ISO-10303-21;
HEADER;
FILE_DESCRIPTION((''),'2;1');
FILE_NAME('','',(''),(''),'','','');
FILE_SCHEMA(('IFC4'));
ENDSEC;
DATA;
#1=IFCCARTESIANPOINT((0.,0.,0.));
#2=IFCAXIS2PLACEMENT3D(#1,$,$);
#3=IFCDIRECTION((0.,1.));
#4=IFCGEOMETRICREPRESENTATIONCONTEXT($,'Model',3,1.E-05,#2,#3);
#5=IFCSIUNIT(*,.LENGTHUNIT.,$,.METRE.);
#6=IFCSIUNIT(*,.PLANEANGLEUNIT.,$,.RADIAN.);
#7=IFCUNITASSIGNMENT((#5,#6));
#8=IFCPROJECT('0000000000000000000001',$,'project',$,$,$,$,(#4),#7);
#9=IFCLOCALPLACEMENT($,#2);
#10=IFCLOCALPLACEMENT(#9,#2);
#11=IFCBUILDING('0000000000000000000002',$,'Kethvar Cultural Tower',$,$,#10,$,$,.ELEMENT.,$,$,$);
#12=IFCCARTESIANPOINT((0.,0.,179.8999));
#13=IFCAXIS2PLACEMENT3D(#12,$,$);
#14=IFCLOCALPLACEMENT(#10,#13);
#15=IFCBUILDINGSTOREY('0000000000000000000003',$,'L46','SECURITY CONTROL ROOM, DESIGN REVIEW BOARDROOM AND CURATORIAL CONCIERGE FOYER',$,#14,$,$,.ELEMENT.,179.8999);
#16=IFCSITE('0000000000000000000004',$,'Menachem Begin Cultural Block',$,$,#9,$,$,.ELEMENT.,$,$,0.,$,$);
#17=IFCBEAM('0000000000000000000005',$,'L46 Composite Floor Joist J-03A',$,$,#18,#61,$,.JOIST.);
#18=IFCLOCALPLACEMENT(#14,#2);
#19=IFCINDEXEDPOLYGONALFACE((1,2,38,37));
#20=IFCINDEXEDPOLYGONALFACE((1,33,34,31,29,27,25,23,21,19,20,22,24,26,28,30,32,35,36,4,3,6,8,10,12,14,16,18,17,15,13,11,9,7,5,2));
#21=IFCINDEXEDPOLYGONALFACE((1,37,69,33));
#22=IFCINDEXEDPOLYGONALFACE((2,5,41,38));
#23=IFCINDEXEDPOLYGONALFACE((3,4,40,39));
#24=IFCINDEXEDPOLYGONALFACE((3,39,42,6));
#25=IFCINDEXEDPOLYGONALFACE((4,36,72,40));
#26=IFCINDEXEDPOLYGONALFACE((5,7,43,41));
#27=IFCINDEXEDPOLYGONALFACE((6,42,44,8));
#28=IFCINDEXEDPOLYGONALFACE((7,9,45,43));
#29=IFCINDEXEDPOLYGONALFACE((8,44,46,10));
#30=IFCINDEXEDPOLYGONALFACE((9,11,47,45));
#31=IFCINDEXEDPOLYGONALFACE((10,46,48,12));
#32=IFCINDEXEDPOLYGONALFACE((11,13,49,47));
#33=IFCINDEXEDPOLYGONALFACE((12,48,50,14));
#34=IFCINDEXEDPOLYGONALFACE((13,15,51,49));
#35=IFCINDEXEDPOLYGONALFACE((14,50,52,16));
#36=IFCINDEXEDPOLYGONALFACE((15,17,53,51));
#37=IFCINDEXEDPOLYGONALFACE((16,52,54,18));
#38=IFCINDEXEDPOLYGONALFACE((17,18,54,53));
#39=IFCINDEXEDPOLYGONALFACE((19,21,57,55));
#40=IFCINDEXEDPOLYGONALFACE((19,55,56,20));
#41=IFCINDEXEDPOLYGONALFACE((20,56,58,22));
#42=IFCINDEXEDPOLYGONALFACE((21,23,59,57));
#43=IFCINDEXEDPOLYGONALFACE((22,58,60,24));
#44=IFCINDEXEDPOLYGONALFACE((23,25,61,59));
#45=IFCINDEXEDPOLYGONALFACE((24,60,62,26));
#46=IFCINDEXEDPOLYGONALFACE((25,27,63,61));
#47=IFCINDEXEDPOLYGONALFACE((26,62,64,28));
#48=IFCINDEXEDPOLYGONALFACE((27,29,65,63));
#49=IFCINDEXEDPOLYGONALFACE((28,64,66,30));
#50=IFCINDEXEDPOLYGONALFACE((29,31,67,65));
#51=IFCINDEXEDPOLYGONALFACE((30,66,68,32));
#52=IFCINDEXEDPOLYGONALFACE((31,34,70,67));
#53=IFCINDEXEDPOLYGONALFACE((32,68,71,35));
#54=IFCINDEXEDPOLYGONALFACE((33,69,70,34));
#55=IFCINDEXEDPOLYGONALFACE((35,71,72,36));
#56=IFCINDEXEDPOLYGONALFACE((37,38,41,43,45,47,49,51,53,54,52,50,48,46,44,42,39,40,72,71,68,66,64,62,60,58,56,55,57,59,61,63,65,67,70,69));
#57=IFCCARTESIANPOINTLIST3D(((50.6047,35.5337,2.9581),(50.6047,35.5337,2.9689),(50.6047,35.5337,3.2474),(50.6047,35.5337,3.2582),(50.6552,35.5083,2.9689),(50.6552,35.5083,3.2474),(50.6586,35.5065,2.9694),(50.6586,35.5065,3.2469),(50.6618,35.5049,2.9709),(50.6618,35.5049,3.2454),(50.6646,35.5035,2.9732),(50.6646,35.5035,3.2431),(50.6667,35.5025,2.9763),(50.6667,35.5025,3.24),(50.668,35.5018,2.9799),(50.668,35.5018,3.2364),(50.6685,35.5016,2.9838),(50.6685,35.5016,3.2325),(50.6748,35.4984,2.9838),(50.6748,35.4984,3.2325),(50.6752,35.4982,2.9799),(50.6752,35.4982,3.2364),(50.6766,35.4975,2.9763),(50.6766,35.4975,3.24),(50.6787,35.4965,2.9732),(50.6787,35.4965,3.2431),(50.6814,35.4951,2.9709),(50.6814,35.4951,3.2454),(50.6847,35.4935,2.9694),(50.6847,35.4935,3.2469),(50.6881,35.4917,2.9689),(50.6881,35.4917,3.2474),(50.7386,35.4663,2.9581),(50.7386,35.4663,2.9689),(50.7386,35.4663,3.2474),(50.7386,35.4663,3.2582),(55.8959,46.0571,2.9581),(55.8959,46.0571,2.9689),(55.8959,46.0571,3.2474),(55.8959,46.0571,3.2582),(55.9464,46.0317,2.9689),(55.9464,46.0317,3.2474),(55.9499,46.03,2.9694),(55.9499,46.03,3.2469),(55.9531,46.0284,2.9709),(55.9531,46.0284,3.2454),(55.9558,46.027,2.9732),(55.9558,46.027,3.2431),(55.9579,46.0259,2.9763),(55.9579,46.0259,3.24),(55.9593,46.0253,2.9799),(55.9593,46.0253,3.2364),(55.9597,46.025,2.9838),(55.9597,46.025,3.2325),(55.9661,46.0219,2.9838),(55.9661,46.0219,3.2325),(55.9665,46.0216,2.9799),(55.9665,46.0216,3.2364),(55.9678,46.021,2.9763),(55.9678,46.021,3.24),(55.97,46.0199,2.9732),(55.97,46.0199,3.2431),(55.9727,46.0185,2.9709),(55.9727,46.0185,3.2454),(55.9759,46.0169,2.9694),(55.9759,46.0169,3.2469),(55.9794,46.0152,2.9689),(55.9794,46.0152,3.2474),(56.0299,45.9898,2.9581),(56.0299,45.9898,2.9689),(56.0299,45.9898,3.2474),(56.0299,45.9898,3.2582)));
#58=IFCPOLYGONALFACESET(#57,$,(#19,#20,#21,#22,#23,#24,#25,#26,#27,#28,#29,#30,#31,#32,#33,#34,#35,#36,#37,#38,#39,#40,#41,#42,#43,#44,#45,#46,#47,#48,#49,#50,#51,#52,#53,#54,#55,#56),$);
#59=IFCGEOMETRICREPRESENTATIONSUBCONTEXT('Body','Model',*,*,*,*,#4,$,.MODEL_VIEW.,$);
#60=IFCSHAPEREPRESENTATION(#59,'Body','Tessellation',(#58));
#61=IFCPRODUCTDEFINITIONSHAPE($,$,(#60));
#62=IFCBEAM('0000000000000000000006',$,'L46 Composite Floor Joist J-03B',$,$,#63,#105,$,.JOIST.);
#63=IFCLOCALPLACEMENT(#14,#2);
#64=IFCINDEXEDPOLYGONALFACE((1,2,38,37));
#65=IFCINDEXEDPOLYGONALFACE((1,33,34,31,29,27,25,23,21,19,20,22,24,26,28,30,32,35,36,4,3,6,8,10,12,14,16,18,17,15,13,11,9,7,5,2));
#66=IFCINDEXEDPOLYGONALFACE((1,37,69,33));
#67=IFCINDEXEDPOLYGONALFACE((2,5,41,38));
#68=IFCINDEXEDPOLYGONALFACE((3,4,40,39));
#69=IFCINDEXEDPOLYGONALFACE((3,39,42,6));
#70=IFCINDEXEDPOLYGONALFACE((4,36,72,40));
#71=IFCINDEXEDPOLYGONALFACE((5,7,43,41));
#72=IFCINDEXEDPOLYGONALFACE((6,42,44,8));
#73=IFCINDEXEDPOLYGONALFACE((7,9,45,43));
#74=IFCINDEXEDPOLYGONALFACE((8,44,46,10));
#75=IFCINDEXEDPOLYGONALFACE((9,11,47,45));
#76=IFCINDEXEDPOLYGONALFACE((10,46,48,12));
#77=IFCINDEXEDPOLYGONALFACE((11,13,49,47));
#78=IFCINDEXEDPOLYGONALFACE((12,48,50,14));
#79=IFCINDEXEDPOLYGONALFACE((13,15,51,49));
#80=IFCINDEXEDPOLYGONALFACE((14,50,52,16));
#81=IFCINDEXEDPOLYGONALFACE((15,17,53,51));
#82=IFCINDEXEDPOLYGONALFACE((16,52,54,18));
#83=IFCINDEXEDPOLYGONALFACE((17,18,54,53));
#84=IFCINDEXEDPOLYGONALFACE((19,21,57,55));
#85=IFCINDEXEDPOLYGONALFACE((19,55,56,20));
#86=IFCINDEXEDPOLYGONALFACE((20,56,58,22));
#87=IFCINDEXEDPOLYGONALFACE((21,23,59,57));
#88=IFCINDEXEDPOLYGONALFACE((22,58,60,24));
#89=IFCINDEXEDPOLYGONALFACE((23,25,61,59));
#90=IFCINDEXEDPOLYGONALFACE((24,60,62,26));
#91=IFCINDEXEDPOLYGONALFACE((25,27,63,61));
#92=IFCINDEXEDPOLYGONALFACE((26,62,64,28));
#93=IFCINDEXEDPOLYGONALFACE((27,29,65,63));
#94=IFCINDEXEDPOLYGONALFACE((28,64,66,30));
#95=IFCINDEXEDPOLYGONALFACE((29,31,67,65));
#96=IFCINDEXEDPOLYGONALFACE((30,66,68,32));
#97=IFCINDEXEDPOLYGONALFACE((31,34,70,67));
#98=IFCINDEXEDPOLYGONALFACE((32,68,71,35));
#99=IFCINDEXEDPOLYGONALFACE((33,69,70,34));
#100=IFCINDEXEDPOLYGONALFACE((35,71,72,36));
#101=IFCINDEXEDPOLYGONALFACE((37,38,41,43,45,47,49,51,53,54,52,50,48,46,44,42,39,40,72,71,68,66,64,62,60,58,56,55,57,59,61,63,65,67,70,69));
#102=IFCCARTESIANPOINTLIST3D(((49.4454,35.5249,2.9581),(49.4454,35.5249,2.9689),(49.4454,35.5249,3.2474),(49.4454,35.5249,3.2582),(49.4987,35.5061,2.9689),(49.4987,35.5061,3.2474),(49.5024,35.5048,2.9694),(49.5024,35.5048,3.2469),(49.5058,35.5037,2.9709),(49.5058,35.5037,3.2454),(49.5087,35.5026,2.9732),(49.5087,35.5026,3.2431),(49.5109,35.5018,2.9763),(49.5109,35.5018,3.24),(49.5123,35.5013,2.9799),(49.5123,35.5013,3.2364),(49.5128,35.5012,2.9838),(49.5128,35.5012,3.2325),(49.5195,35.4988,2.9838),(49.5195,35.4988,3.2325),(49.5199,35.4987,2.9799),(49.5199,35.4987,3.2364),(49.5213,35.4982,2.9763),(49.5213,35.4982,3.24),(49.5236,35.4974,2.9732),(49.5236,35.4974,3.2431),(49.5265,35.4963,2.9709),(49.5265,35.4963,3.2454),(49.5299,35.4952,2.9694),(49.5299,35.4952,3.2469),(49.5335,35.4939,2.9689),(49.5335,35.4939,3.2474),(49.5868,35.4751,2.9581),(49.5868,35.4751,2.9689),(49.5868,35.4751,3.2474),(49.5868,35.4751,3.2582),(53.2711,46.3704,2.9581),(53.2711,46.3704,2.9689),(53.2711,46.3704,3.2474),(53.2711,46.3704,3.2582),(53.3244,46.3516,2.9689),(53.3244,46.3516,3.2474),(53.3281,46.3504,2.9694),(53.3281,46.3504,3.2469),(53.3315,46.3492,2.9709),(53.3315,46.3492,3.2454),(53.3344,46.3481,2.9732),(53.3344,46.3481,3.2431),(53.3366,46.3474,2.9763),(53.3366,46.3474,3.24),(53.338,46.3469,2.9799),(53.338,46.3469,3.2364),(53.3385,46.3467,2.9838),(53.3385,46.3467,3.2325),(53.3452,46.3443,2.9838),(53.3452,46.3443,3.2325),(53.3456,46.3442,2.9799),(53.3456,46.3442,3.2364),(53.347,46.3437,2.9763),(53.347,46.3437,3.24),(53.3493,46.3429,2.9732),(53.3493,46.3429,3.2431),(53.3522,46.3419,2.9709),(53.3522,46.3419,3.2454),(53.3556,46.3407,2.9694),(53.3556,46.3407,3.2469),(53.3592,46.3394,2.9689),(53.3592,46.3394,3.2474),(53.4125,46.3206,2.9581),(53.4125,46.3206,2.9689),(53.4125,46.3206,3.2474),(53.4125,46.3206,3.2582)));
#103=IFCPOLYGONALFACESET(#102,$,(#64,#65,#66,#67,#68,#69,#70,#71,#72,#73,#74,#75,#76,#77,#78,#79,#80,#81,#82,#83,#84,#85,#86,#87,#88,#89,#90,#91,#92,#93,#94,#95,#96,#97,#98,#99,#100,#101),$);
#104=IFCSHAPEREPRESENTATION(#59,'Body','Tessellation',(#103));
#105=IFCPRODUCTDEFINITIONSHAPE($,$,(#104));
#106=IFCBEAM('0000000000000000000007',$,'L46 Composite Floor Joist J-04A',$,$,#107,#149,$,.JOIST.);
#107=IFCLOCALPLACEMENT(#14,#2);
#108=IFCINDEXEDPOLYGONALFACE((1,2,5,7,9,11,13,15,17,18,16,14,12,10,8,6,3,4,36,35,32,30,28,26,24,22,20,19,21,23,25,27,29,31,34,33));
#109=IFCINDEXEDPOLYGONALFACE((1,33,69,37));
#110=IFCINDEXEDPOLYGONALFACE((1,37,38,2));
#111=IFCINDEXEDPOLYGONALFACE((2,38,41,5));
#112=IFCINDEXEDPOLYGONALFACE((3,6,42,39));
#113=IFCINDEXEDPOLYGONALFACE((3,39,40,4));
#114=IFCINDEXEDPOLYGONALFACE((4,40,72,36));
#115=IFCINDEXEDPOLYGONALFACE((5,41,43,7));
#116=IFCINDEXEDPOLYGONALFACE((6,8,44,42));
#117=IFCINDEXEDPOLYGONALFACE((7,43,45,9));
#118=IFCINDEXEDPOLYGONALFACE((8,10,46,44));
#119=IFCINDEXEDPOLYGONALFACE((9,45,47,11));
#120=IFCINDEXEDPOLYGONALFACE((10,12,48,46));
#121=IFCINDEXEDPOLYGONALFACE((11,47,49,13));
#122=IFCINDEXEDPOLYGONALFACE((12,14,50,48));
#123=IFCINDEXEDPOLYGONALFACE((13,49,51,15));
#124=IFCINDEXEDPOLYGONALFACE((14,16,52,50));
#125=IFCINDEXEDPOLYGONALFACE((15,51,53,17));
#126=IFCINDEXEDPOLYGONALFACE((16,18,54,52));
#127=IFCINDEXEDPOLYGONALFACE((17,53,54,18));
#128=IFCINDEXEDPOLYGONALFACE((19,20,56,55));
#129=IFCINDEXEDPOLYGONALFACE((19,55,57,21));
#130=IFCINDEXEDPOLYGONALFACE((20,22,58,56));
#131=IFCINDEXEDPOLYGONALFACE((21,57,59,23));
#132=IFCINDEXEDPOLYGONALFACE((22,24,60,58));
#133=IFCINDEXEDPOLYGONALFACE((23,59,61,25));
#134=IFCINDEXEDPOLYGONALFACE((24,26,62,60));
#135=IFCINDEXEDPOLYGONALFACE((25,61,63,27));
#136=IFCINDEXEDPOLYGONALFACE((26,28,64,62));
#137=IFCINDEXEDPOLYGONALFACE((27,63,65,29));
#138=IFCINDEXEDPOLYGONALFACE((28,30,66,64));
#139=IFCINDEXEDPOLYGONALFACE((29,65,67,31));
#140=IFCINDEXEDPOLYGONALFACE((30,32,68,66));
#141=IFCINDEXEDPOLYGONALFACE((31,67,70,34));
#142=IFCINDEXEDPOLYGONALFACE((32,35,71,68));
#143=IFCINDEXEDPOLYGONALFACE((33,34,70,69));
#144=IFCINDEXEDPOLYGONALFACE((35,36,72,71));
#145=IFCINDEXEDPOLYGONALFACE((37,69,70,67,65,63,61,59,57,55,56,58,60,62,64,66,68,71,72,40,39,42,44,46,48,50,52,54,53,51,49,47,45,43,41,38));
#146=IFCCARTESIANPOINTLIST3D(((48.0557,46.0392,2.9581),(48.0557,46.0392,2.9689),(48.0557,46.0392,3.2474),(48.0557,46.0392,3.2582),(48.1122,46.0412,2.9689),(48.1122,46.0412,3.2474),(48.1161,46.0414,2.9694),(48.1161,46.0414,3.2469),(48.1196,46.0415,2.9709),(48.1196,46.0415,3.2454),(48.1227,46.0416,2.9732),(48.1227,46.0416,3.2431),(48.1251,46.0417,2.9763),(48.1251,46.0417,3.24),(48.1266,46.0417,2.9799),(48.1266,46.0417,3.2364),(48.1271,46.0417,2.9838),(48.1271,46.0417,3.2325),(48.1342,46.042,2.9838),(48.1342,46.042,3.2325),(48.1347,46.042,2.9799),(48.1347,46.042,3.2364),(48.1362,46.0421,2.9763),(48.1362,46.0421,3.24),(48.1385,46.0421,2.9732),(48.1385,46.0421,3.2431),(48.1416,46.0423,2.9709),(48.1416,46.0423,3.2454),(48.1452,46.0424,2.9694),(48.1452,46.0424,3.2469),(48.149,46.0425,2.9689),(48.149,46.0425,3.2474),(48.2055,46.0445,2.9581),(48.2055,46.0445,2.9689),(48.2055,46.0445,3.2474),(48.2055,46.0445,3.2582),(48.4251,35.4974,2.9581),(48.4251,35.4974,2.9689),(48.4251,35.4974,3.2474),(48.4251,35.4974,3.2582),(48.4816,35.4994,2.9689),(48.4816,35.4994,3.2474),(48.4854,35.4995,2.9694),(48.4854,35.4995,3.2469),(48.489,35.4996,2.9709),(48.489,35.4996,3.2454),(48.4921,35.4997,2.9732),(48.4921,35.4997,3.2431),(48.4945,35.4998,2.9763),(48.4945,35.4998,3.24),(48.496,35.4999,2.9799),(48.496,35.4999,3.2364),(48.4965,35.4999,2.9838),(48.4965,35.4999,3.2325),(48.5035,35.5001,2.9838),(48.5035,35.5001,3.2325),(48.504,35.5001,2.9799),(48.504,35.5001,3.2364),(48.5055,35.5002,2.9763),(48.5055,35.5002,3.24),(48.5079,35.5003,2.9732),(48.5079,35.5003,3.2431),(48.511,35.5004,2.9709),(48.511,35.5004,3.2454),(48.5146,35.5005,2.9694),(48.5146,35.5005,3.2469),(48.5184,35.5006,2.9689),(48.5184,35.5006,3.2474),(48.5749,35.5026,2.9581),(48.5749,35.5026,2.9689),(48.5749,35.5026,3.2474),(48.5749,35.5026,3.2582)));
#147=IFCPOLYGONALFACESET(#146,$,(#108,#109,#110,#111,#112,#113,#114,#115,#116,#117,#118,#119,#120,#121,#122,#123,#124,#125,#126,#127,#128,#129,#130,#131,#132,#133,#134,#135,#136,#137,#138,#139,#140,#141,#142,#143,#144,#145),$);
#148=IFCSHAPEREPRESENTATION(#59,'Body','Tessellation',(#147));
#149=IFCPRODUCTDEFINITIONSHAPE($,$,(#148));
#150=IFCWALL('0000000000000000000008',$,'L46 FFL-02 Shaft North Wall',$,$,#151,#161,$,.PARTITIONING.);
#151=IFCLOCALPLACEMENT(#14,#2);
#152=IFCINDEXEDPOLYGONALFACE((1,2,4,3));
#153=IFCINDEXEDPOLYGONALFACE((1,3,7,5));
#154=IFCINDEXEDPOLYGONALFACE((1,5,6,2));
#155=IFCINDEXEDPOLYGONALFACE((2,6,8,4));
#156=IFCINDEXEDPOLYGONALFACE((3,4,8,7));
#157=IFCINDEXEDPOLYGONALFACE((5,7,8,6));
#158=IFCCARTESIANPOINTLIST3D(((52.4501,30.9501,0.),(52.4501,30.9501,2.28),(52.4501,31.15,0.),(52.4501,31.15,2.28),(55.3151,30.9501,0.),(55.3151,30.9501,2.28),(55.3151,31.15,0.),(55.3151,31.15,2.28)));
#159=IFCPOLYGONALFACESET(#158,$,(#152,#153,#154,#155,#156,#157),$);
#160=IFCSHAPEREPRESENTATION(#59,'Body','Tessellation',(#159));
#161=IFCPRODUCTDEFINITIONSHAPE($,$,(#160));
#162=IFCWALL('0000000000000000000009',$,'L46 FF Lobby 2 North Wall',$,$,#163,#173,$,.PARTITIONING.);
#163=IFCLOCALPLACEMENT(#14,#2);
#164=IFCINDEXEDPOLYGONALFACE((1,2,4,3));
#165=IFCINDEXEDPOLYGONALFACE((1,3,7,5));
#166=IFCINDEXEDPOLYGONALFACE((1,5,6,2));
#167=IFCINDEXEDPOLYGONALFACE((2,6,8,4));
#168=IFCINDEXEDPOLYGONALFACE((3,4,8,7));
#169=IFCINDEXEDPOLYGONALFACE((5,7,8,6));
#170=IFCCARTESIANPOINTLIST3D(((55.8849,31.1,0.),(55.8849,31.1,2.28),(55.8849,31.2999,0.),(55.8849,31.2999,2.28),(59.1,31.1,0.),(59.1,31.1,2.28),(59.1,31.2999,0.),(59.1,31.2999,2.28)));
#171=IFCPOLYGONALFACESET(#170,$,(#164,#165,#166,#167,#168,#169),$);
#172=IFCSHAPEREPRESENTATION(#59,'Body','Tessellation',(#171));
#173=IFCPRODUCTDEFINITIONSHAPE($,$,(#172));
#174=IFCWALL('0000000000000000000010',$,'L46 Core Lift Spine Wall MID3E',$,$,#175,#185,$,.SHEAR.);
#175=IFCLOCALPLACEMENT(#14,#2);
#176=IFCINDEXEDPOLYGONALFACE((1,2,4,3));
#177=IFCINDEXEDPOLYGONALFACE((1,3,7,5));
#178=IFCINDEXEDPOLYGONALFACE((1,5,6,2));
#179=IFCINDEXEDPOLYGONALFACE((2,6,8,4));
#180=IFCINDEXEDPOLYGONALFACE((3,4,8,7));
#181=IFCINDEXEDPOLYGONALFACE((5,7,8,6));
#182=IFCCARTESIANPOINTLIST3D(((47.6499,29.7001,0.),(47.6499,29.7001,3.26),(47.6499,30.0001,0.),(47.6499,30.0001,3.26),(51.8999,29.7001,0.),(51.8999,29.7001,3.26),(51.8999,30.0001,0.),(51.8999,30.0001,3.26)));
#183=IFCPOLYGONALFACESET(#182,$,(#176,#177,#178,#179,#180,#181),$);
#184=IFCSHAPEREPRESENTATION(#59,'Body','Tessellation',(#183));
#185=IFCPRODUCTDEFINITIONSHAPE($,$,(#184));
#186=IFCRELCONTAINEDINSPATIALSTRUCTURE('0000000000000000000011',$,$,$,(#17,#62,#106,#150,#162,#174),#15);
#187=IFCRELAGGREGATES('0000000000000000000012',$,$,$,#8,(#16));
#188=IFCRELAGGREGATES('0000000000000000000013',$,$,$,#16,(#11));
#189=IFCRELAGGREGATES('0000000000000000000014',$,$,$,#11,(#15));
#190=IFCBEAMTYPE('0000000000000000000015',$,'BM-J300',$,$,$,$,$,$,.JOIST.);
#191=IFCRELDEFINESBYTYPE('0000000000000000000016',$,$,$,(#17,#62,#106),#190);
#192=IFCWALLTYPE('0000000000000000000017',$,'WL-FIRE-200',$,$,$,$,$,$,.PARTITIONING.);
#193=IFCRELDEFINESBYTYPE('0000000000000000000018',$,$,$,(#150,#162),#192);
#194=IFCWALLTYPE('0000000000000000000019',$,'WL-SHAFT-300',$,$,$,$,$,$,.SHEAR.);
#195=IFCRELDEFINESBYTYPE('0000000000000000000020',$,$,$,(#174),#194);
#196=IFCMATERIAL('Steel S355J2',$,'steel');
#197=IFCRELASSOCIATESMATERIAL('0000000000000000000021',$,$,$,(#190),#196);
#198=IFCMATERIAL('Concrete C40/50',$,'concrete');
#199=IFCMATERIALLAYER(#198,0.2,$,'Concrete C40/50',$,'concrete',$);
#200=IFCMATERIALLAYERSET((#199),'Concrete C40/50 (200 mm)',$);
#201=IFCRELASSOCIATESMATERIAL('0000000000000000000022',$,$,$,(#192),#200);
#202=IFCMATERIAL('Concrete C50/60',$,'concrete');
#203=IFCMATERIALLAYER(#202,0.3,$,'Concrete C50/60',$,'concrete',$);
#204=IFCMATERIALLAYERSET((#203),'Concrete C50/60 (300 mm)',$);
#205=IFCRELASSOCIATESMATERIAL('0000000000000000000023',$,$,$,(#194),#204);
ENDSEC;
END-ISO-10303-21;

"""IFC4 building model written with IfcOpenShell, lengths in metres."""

from ifc_helpers import new_model, si_unit, direction, frame, frame_2d, origin, origin_2d, place, context, subcontext, project, spatial, rectangle, i_section, extrude, source, transform, mapped, material, layer, layer_set, material_profile, profile_set, type_object, element, save


model = new_model("IFC4")

# Units and contexts
model_context = context("Model", 3, precision=1e-05, world=origin(), true_north=direction((0.0, 1.0)))
body_context = subcontext(model_context, "Body", "Model", "MODEL_VIEW")
ifc_project = project(units=[si_unit("LENGTHUNIT", "METRE"), si_unit("PLANEANGLEUNIT", "RADIAN")], contexts=[model_context])

# Site, building, storey
site_placement = place(None, origin())
site = spatial("IfcSite", under=ifc_project, at=site_placement, Name="Menachem Begin Cultural Block", CompositionType="ELEMENT", RefElevation=0.0)
building_placement = place(site_placement, origin())
building = spatial("IfcBuilding", under=site, at=building_placement, Name="Kethvar Cultural Tower", CompositionType="ELEMENT")
storey_placement = place(building_placement, frame((0.0, 0.0, 179.8999)))
storey = spatial("IfcBuildingStorey", under=building, at=storey_placement, Name="L46", Description="SECURITY CONTROL ROOM, DESIGN REVIEW BOARDROOM AND CURATORIAL CONCIERGE FOYER", CompositionType="ELEMENT", Elevation=179.8999)

# Beams
ifc_material_1 = material(Name="Steel S355J2", Category="steel")
ifc_material_profile_1 = material_profile(ifc_material_1, i_section(OverallWidth=0.1499, OverallDepth=0.3, WebThickness=0.0071, FlangeThickness=0.0107, FilletRadius=0.0149, at=origin_2d()), Name="Steel S355J2 — IPE300")
ifc_profile_set_1 = profile_set([ifc_material_profile_1], Name="Steel S355J2 — IPE300")
beam_type_1 = type_object("IfcBeamType", Name="BM-J300", PredefinedType="JOIST", material=ifc_profile_set_1)
shared_shape_1 = source(origin(), body_context, "Body", "SweptSolid", [
    extrude(i_section(OverallWidth=0.1499, OverallDepth=0.3, WebThickness=0.0071, FlangeThickness=0.0107, FilletRadius=0.0149, at=origin_2d()), origin(), (0.0, 0.0, 1.0), 11.7788),
])
beam_1_placement = place(storey_placement, frame((50.6716, 35.5, 3.1082), z_axis=(0.449219, 0.893422, 0.0), x_axis=(-0.893422, 0.449219, 0.0)))
element("IfcBeam", 1, at=beam_1_placement, inside=storey, type_object=beam_type_1, Name="L46 Composite Floor Joist J-03A", PredefinedType="JOIST", context=body_context, shape_type="MappedRepresentation", body=[
    mapped(shared_shape_1, transform((0.0, 0.0, 0.0), scale=1.0)),
])
shared_shape_2 = source(origin(), body_context, "Body", "SweptSolid", [
    extrude(i_section(OverallWidth=0.1499, OverallDepth=0.3, WebThickness=0.0071, FlangeThickness=0.0107, FilletRadius=0.0149, at=origin_2d()), origin(), (0.0, 0.0, 1.0), 11.5005),
])
beam_2_placement = place(storey_placement, frame((49.5161, 35.5, 3.1082), z_axis=(0.332656, 0.943048, 0.0), x_axis=(-0.943048, 0.332656, 0.0)))
element("IfcBeam", 2, at=beam_2_placement, inside=storey, type_object=beam_type_1, Name="L46 Composite Floor Joist J-03B", PredefinedType="JOIST", context=body_context, shape_type="MappedRepresentation", body=[
    mapped(shared_shape_2, transform((0.0, 0.0, 0.0), scale=1.0)),
])
shared_shape_3 = source(origin(), body_context, "Body", "SweptSolid", [
    extrude(i_section(OverallWidth=0.1499, OverallDepth=0.3, WebThickness=0.0071, FlangeThickness=0.0107, FilletRadius=0.0149, at=origin_2d()), origin(), (0.0, 0.0, 1.0), 10.5483),
])
beam_3_placement = place(storey_placement, frame((48.5, 35.5, 3.1082), z_axis=(-0.035018, 0.999387, 0.0), x_axis=(-0.999387, -0.035018, 0.0)))
element("IfcBeam", 3, at=beam_3_placement, inside=storey, type_object=beam_type_1, Name="L46 Composite Floor Joist J-04A", PredefinedType="JOIST", context=body_context, shape_type="MappedRepresentation", body=[
    mapped(shared_shape_3, transform((0.0, 0.0, 0.0), scale=1.0)),
])

# Walls
ifc_material_2 = material(Name="Concrete C40/50", Category="concrete")
ifc_layer_1 = layer(ifc_material_2, 0.2, Name="Concrete C40/50", Category="concrete")
ifc_layer_set_1 = layer_set([ifc_layer_1], Name="Concrete C40/50 (200 mm)")
wall_type_1 = type_object("IfcWallType", Name="WL-FIRE-200", PredefinedType="PARTITIONING", material=ifc_layer_set_1)
wall_1_placement = place(storey_placement, frame((52.45, 31.05, 0.0), z_axis=(0.0, 0.0, 1.0), x_axis=(1.0, 0.0, 0.0)))
element("IfcWall", 4, at=wall_1_placement, inside=storey, type_object=wall_type_1, Name="L46 FFL-02 Shaft North Wall", PredefinedType="PARTITIONING", context=body_context, shape_type="SweptSolid", body=[
    extrude(rectangle(XDim=2.865, YDim=0.2, at=frame_2d((1.4326, 0.0))), origin(), (0.0, 0.0, 1.0), 2.28),
])
wall_2_placement = place(storey_placement, frame((55.885, 31.2, 0.0), z_axis=(0.0, 0.0, 1.0), x_axis=(1.0, 0.0, 0.0)))
element("IfcWall", 5, at=wall_2_placement, inside=storey, type_object=wall_type_1, Name="L46 FF Lobby 2 North Wall", PredefinedType="PARTITIONING", context=body_context, shape_type="SweptSolid", body=[
    extrude(rectangle(XDim=3.2151, YDim=0.2, at=frame_2d((1.6074, 0.0))), origin(), (0.0, 0.0, 1.0), 2.28),
])
ifc_material_3 = material(Name="Concrete C50/60", Category="concrete")
ifc_layer_2 = layer(ifc_material_3, 0.3, Name="Concrete C50/60", Category="concrete")
ifc_layer_set_2 = layer_set([ifc_layer_2], Name="Concrete C50/60 (300 mm)")
wall_type_2 = type_object("IfcWallType", Name="WL-SHAFT-300", PredefinedType="SHEAR", material=ifc_layer_set_2)
wall_3_placement = place(storey_placement, frame((47.6499, 29.8501, 0.0), z_axis=(0.0, 0.0, 1.0), x_axis=(1.0, 0.0, 0.0)))
element("IfcWall", 6, at=wall_3_placement, inside=storey, type_object=wall_type_2, Name="L46 Core Lift Spine Wall MID3E", PredefinedType="SHEAR", context=body_context, shape_type="SweptSolid", body=[
    extrude(rectangle(XDim=4.25, YDim=0.3, at=frame_2d((2.125, 0.0))), origin(), (0.0, 0.0, 1.0), 3.26),
])

save(model, "model.ifc")
